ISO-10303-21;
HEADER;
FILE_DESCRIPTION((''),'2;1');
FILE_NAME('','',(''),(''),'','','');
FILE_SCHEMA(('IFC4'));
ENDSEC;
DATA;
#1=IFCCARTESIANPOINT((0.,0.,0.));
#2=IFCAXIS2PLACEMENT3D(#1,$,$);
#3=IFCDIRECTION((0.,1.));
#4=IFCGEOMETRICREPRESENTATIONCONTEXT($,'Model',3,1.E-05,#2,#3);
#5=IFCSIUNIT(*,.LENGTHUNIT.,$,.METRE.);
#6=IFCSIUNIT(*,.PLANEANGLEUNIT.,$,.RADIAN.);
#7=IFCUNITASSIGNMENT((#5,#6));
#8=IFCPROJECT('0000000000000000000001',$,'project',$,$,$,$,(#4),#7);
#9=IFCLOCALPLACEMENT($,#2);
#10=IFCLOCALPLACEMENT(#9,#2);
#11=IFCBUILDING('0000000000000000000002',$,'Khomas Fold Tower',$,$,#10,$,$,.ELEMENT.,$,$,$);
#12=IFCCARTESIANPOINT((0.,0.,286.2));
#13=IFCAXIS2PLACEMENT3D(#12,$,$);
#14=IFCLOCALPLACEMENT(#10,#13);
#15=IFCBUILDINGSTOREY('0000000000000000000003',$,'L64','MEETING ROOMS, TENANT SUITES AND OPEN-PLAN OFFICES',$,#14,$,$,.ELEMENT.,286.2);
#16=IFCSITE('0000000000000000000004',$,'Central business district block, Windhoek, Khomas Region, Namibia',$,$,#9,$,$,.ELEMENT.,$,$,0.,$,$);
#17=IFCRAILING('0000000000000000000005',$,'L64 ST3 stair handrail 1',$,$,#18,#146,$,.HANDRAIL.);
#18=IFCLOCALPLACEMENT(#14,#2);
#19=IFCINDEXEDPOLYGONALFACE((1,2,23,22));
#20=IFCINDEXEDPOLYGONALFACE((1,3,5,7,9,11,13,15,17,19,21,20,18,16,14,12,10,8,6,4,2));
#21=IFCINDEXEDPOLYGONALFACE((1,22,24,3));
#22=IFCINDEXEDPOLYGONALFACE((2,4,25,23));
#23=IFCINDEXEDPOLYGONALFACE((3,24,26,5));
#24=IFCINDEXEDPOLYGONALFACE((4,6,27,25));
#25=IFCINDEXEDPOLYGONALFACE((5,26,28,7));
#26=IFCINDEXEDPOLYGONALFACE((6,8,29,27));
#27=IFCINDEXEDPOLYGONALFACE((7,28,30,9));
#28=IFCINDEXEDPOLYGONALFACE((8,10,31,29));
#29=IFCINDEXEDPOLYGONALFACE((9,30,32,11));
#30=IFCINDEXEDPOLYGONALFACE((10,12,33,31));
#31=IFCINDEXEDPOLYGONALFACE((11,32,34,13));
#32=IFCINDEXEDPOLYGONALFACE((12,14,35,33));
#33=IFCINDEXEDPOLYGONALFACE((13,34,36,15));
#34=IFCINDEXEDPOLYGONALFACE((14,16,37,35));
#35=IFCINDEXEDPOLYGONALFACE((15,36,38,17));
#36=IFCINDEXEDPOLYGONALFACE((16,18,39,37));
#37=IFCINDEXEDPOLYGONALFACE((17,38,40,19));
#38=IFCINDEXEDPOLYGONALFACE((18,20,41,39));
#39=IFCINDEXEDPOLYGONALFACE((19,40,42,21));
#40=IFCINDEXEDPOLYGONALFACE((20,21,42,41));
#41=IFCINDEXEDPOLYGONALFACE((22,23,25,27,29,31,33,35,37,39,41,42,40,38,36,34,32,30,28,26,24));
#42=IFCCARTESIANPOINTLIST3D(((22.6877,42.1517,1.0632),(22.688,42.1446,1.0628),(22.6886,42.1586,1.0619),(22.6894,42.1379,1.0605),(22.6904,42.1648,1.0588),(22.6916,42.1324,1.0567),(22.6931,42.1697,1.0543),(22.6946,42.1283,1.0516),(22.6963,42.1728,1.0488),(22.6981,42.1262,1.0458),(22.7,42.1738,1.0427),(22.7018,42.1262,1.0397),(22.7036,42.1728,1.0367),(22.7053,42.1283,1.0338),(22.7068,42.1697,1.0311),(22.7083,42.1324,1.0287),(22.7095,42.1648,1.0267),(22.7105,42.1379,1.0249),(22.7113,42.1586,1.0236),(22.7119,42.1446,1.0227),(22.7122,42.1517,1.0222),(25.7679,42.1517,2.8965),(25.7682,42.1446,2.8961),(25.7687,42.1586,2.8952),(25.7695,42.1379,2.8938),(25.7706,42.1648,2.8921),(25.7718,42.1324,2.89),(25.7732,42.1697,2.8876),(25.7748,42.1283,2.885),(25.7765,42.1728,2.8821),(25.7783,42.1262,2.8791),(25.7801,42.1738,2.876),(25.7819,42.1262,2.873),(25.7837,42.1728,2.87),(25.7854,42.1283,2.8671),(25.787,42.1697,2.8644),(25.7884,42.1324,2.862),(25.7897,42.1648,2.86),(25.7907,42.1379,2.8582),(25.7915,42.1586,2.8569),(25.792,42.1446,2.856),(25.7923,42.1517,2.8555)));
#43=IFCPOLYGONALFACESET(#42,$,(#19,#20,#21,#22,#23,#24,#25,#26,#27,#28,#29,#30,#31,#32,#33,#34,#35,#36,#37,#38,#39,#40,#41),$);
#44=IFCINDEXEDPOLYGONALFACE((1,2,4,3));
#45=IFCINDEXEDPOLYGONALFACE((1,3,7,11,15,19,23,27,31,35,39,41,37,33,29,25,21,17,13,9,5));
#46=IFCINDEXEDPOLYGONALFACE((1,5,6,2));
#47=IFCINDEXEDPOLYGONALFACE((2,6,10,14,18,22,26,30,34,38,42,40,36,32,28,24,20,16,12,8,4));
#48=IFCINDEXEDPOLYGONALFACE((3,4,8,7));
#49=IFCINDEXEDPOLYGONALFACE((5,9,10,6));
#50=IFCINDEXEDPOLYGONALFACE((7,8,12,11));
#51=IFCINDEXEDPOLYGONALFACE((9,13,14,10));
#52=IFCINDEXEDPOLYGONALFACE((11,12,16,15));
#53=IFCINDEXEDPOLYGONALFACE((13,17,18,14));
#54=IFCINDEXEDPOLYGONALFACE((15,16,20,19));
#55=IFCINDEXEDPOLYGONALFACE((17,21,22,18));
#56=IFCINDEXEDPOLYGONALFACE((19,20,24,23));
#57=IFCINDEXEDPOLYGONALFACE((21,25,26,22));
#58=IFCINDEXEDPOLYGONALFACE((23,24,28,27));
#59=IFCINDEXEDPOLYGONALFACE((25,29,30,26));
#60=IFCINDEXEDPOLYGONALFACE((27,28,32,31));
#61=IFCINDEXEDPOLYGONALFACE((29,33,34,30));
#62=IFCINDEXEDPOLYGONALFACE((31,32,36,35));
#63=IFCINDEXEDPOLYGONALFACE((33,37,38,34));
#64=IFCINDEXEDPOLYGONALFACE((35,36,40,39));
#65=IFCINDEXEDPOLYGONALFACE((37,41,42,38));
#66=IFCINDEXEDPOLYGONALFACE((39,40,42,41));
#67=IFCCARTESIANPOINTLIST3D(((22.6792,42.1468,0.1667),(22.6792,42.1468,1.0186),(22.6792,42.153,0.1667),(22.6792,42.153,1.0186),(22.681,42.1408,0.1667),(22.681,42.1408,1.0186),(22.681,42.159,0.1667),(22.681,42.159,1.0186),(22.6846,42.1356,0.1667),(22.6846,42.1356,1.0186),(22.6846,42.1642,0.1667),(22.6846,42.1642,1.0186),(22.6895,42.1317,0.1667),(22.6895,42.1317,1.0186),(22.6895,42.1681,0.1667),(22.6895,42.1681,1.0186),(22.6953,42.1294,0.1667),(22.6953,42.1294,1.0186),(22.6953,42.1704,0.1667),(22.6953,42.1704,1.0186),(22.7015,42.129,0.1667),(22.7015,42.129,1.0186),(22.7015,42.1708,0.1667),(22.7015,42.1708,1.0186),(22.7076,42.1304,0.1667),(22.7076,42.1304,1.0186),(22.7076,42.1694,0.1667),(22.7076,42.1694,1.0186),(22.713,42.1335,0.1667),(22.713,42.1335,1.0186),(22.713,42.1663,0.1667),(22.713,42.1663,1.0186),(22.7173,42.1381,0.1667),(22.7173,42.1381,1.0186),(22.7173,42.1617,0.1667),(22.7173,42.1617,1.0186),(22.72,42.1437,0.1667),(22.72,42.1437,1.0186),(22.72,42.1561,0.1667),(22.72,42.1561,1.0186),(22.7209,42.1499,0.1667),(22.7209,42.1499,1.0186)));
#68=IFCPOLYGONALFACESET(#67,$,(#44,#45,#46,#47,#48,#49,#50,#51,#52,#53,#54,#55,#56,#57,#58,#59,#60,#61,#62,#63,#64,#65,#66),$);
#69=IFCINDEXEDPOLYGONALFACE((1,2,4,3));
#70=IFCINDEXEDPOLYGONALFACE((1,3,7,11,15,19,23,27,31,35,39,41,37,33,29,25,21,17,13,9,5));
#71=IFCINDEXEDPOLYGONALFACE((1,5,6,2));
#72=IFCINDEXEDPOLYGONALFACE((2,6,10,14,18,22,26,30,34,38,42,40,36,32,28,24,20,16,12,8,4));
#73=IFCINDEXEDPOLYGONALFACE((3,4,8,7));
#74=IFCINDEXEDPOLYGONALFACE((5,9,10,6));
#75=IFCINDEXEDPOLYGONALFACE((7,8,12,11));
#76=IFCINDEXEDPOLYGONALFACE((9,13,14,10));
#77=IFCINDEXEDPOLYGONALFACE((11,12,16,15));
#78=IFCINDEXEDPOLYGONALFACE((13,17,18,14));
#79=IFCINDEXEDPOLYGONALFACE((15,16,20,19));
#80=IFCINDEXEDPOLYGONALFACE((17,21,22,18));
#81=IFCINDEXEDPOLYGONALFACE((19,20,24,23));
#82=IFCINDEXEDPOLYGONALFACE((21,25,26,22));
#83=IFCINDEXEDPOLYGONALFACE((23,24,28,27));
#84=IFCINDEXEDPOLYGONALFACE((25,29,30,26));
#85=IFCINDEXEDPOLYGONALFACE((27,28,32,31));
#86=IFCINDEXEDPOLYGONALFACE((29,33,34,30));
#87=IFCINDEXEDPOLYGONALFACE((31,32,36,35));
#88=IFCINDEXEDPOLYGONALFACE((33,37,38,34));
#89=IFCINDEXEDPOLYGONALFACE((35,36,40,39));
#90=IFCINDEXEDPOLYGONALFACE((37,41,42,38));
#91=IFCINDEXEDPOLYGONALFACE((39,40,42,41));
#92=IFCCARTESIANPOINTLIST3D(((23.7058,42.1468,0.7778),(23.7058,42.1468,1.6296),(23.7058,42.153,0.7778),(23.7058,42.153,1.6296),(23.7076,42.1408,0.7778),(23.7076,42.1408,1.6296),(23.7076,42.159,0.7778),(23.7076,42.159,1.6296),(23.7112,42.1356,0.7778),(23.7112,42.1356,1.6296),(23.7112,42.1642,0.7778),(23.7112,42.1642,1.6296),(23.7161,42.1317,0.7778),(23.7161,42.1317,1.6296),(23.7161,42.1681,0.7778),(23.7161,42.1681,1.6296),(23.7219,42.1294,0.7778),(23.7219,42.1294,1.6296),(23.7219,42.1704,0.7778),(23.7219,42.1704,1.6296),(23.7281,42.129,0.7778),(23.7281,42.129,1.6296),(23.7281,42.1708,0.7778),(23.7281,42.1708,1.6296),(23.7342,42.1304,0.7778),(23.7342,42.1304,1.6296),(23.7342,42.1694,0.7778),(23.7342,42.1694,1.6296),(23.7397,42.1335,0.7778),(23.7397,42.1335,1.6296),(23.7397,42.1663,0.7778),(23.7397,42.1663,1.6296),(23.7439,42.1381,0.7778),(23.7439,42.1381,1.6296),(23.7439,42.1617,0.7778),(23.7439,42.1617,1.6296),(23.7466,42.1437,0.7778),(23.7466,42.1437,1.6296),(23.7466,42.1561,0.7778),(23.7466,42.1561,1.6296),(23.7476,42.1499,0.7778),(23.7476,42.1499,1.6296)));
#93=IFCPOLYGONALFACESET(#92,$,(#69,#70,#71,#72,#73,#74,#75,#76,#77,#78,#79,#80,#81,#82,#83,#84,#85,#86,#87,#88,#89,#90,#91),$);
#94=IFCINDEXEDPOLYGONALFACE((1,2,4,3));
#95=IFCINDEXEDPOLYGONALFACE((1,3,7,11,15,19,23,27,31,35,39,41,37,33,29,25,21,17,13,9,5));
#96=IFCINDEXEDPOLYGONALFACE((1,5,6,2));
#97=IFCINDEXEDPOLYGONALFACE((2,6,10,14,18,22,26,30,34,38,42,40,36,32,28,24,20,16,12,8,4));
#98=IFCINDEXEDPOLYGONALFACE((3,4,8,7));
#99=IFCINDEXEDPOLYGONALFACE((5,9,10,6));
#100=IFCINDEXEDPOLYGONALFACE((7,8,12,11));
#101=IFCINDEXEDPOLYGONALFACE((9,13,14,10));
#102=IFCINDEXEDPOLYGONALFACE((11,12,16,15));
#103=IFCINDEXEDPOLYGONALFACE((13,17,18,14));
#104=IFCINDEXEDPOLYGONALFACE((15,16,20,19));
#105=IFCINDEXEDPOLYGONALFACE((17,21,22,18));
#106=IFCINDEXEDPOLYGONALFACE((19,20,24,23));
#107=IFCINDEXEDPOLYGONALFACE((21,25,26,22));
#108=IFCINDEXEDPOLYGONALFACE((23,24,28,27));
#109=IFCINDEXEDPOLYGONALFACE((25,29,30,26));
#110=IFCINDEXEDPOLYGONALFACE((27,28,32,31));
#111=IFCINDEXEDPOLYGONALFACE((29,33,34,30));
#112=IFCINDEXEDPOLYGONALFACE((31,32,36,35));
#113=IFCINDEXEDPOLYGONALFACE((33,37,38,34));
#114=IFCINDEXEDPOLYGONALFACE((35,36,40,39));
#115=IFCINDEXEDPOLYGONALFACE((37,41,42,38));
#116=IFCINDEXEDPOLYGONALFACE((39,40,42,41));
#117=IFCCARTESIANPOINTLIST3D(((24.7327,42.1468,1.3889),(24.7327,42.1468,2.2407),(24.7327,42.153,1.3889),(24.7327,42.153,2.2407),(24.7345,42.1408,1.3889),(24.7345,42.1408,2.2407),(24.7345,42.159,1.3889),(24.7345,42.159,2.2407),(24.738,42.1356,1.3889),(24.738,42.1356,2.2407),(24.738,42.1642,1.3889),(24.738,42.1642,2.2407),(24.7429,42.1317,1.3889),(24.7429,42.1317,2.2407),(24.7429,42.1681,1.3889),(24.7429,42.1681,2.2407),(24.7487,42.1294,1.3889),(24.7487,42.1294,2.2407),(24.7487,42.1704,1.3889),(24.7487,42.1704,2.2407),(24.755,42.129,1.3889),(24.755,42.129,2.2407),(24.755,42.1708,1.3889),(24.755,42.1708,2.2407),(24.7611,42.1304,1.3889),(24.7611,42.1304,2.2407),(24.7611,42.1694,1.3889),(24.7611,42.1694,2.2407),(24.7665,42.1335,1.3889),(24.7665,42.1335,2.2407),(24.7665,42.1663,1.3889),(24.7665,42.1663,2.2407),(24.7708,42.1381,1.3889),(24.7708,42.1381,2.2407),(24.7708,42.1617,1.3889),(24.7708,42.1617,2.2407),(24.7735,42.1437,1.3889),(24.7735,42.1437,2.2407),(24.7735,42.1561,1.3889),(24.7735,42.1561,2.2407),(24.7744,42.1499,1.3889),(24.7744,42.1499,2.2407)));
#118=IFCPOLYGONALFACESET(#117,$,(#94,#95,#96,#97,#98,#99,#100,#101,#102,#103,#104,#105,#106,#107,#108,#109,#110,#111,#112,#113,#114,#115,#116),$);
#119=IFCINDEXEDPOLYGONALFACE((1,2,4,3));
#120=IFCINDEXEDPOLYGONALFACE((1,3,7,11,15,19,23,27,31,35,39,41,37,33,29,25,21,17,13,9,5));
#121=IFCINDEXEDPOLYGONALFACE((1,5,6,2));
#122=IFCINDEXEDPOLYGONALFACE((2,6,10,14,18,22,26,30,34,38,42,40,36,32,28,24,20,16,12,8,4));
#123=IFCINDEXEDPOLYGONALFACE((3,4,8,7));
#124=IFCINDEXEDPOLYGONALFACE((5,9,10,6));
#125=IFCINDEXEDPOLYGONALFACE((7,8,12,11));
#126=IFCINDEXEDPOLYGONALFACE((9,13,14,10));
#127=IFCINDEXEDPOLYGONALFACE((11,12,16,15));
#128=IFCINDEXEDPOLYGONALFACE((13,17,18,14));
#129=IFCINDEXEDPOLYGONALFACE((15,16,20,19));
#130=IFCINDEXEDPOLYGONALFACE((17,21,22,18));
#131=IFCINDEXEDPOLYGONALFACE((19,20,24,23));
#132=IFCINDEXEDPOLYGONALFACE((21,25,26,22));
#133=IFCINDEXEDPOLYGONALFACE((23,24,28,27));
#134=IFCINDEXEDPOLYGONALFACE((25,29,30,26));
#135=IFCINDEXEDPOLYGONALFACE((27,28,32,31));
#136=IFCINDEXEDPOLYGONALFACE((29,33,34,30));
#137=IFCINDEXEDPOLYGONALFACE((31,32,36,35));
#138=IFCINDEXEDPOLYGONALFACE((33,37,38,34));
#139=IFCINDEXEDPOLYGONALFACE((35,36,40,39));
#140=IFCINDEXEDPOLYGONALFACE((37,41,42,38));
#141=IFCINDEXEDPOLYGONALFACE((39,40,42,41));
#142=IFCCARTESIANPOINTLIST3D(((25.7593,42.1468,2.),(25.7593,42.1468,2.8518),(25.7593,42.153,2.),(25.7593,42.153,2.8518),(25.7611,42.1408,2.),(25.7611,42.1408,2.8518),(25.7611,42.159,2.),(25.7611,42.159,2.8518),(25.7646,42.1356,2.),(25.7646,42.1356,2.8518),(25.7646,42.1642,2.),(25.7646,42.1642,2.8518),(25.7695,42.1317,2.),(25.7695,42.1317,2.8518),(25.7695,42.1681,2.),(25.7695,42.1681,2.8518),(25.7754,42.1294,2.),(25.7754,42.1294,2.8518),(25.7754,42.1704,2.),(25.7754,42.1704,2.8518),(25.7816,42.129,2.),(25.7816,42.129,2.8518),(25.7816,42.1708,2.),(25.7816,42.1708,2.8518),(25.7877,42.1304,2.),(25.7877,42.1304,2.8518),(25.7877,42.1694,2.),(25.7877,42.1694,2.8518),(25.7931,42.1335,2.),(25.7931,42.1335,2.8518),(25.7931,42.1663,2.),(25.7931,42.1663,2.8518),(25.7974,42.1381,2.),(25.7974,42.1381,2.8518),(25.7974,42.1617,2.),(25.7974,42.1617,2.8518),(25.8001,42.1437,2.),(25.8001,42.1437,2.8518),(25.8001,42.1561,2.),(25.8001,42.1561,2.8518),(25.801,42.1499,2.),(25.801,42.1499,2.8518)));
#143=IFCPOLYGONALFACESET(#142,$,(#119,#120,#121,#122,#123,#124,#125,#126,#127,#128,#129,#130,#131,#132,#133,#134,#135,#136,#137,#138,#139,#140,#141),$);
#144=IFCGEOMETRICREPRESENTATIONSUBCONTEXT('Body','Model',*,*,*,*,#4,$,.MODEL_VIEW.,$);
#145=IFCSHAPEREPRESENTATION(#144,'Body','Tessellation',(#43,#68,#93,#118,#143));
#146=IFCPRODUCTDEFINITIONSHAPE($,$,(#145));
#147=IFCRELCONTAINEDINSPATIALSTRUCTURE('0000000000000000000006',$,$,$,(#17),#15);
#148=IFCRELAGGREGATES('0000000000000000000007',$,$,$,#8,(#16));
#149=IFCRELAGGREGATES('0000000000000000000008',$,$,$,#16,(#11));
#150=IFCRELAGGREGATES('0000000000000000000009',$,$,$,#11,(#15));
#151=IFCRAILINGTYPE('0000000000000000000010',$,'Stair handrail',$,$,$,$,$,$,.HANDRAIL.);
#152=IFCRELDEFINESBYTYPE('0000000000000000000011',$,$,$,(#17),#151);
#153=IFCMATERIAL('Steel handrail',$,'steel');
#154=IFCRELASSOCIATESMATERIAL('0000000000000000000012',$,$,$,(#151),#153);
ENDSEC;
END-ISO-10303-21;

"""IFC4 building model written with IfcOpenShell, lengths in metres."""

from ifc_helpers import new_model, si_unit, direction, frame, origin, origin_2d, place, context, subcontext, project, spatial, circle, extrude, source, transform, mapped, material, type_object, element, save


model = new_model("IFC4")

# Units and contexts
model_context = context("Model", 3, precision=1e-05, world=origin(), true_north=direction((0.0, 1.0)))
body_context = subcontext(model_context, "Body", "Model", "MODEL_VIEW")
ifc_project = project(units=[si_unit("LENGTHUNIT", "METRE"), si_unit("PLANEANGLEUNIT", "RADIAN")], contexts=[model_context])

# Site, building, storey
site_placement = place(None, origin())
site = spatial("IfcSite", under=ifc_project, at=site_placement, Name="Central business district block, Windhoek, Khomas Region, Namibia", CompositionType="ELEMENT", RefElevation=0.0)
building_placement = place(site_placement, origin())
building = spatial("IfcBuilding", under=site, at=building_placement, Name="Khomas Fold Tower", CompositionType="ELEMENT")
storey_placement = place(building_placement, frame((0.0, 0.0, 286.2)))
storey = spatial("IfcBuildingStorey", under=building, at=storey_placement, Name="L64", Description="MEETING ROOMS, TENANT SUITES AND OPEN-PLAN OFFICES", CompositionType="ELEMENT", Elevation=286.2)

# Railing
ifc_material_1 = material(Name="Steel handrail", Category="steel")
railing_type_1 = type_object("IfcRailingType", Name="Stair handrail", PredefinedType="HANDRAIL", material=ifc_material_1)
shared_shape_1 = source(origin(), body_context, "Body", "SweptSolid", [
    extrude(circle(Radius=0.0239, at=origin_2d()), frame((0.0, 0.0, 0.876), z_axis=(0.859309, 0.0, 0.511458), x_axis=(0.0, 1.0, 0.0)), (0.0, 0.0, 1.0), 3.5845),
    extrude(circle(Radius=0.021, at=origin_2d()), origin(), (0.0, 0.0, 1.0), 0.8518),
    extrude(circle(Radius=0.021, at=origin_2d()), frame((1.0266, 0.0, 0.6111)), (0.0, 0.0, 1.0), 0.8518),
    extrude(circle(Radius=0.021, at=origin_2d()), frame((2.0535, 0.0, 1.2222)), (0.0, 0.0, 1.0), 0.8518),
    extrude(circle(Radius=0.021, at=origin_2d()), frame((3.0801, 0.0, 1.8333)), (0.0, 0.0, 1.0), 0.8518),
])
railing_1_placement = place(storey_placement, frame((22.7, 42.1499, 0.1667)))
element("IfcRailing", 1, at=railing_1_placement, inside=storey, type_object=railing_type_1, Name="L64 ST3 stair handrail 1", PredefinedType="HANDRAIL", context=body_context, shape_type="MappedRepresentation", body=[
    mapped(shared_shape_1, transform((0.0, 0.0, 0.0))),
])

save(model, "model.ifc")
